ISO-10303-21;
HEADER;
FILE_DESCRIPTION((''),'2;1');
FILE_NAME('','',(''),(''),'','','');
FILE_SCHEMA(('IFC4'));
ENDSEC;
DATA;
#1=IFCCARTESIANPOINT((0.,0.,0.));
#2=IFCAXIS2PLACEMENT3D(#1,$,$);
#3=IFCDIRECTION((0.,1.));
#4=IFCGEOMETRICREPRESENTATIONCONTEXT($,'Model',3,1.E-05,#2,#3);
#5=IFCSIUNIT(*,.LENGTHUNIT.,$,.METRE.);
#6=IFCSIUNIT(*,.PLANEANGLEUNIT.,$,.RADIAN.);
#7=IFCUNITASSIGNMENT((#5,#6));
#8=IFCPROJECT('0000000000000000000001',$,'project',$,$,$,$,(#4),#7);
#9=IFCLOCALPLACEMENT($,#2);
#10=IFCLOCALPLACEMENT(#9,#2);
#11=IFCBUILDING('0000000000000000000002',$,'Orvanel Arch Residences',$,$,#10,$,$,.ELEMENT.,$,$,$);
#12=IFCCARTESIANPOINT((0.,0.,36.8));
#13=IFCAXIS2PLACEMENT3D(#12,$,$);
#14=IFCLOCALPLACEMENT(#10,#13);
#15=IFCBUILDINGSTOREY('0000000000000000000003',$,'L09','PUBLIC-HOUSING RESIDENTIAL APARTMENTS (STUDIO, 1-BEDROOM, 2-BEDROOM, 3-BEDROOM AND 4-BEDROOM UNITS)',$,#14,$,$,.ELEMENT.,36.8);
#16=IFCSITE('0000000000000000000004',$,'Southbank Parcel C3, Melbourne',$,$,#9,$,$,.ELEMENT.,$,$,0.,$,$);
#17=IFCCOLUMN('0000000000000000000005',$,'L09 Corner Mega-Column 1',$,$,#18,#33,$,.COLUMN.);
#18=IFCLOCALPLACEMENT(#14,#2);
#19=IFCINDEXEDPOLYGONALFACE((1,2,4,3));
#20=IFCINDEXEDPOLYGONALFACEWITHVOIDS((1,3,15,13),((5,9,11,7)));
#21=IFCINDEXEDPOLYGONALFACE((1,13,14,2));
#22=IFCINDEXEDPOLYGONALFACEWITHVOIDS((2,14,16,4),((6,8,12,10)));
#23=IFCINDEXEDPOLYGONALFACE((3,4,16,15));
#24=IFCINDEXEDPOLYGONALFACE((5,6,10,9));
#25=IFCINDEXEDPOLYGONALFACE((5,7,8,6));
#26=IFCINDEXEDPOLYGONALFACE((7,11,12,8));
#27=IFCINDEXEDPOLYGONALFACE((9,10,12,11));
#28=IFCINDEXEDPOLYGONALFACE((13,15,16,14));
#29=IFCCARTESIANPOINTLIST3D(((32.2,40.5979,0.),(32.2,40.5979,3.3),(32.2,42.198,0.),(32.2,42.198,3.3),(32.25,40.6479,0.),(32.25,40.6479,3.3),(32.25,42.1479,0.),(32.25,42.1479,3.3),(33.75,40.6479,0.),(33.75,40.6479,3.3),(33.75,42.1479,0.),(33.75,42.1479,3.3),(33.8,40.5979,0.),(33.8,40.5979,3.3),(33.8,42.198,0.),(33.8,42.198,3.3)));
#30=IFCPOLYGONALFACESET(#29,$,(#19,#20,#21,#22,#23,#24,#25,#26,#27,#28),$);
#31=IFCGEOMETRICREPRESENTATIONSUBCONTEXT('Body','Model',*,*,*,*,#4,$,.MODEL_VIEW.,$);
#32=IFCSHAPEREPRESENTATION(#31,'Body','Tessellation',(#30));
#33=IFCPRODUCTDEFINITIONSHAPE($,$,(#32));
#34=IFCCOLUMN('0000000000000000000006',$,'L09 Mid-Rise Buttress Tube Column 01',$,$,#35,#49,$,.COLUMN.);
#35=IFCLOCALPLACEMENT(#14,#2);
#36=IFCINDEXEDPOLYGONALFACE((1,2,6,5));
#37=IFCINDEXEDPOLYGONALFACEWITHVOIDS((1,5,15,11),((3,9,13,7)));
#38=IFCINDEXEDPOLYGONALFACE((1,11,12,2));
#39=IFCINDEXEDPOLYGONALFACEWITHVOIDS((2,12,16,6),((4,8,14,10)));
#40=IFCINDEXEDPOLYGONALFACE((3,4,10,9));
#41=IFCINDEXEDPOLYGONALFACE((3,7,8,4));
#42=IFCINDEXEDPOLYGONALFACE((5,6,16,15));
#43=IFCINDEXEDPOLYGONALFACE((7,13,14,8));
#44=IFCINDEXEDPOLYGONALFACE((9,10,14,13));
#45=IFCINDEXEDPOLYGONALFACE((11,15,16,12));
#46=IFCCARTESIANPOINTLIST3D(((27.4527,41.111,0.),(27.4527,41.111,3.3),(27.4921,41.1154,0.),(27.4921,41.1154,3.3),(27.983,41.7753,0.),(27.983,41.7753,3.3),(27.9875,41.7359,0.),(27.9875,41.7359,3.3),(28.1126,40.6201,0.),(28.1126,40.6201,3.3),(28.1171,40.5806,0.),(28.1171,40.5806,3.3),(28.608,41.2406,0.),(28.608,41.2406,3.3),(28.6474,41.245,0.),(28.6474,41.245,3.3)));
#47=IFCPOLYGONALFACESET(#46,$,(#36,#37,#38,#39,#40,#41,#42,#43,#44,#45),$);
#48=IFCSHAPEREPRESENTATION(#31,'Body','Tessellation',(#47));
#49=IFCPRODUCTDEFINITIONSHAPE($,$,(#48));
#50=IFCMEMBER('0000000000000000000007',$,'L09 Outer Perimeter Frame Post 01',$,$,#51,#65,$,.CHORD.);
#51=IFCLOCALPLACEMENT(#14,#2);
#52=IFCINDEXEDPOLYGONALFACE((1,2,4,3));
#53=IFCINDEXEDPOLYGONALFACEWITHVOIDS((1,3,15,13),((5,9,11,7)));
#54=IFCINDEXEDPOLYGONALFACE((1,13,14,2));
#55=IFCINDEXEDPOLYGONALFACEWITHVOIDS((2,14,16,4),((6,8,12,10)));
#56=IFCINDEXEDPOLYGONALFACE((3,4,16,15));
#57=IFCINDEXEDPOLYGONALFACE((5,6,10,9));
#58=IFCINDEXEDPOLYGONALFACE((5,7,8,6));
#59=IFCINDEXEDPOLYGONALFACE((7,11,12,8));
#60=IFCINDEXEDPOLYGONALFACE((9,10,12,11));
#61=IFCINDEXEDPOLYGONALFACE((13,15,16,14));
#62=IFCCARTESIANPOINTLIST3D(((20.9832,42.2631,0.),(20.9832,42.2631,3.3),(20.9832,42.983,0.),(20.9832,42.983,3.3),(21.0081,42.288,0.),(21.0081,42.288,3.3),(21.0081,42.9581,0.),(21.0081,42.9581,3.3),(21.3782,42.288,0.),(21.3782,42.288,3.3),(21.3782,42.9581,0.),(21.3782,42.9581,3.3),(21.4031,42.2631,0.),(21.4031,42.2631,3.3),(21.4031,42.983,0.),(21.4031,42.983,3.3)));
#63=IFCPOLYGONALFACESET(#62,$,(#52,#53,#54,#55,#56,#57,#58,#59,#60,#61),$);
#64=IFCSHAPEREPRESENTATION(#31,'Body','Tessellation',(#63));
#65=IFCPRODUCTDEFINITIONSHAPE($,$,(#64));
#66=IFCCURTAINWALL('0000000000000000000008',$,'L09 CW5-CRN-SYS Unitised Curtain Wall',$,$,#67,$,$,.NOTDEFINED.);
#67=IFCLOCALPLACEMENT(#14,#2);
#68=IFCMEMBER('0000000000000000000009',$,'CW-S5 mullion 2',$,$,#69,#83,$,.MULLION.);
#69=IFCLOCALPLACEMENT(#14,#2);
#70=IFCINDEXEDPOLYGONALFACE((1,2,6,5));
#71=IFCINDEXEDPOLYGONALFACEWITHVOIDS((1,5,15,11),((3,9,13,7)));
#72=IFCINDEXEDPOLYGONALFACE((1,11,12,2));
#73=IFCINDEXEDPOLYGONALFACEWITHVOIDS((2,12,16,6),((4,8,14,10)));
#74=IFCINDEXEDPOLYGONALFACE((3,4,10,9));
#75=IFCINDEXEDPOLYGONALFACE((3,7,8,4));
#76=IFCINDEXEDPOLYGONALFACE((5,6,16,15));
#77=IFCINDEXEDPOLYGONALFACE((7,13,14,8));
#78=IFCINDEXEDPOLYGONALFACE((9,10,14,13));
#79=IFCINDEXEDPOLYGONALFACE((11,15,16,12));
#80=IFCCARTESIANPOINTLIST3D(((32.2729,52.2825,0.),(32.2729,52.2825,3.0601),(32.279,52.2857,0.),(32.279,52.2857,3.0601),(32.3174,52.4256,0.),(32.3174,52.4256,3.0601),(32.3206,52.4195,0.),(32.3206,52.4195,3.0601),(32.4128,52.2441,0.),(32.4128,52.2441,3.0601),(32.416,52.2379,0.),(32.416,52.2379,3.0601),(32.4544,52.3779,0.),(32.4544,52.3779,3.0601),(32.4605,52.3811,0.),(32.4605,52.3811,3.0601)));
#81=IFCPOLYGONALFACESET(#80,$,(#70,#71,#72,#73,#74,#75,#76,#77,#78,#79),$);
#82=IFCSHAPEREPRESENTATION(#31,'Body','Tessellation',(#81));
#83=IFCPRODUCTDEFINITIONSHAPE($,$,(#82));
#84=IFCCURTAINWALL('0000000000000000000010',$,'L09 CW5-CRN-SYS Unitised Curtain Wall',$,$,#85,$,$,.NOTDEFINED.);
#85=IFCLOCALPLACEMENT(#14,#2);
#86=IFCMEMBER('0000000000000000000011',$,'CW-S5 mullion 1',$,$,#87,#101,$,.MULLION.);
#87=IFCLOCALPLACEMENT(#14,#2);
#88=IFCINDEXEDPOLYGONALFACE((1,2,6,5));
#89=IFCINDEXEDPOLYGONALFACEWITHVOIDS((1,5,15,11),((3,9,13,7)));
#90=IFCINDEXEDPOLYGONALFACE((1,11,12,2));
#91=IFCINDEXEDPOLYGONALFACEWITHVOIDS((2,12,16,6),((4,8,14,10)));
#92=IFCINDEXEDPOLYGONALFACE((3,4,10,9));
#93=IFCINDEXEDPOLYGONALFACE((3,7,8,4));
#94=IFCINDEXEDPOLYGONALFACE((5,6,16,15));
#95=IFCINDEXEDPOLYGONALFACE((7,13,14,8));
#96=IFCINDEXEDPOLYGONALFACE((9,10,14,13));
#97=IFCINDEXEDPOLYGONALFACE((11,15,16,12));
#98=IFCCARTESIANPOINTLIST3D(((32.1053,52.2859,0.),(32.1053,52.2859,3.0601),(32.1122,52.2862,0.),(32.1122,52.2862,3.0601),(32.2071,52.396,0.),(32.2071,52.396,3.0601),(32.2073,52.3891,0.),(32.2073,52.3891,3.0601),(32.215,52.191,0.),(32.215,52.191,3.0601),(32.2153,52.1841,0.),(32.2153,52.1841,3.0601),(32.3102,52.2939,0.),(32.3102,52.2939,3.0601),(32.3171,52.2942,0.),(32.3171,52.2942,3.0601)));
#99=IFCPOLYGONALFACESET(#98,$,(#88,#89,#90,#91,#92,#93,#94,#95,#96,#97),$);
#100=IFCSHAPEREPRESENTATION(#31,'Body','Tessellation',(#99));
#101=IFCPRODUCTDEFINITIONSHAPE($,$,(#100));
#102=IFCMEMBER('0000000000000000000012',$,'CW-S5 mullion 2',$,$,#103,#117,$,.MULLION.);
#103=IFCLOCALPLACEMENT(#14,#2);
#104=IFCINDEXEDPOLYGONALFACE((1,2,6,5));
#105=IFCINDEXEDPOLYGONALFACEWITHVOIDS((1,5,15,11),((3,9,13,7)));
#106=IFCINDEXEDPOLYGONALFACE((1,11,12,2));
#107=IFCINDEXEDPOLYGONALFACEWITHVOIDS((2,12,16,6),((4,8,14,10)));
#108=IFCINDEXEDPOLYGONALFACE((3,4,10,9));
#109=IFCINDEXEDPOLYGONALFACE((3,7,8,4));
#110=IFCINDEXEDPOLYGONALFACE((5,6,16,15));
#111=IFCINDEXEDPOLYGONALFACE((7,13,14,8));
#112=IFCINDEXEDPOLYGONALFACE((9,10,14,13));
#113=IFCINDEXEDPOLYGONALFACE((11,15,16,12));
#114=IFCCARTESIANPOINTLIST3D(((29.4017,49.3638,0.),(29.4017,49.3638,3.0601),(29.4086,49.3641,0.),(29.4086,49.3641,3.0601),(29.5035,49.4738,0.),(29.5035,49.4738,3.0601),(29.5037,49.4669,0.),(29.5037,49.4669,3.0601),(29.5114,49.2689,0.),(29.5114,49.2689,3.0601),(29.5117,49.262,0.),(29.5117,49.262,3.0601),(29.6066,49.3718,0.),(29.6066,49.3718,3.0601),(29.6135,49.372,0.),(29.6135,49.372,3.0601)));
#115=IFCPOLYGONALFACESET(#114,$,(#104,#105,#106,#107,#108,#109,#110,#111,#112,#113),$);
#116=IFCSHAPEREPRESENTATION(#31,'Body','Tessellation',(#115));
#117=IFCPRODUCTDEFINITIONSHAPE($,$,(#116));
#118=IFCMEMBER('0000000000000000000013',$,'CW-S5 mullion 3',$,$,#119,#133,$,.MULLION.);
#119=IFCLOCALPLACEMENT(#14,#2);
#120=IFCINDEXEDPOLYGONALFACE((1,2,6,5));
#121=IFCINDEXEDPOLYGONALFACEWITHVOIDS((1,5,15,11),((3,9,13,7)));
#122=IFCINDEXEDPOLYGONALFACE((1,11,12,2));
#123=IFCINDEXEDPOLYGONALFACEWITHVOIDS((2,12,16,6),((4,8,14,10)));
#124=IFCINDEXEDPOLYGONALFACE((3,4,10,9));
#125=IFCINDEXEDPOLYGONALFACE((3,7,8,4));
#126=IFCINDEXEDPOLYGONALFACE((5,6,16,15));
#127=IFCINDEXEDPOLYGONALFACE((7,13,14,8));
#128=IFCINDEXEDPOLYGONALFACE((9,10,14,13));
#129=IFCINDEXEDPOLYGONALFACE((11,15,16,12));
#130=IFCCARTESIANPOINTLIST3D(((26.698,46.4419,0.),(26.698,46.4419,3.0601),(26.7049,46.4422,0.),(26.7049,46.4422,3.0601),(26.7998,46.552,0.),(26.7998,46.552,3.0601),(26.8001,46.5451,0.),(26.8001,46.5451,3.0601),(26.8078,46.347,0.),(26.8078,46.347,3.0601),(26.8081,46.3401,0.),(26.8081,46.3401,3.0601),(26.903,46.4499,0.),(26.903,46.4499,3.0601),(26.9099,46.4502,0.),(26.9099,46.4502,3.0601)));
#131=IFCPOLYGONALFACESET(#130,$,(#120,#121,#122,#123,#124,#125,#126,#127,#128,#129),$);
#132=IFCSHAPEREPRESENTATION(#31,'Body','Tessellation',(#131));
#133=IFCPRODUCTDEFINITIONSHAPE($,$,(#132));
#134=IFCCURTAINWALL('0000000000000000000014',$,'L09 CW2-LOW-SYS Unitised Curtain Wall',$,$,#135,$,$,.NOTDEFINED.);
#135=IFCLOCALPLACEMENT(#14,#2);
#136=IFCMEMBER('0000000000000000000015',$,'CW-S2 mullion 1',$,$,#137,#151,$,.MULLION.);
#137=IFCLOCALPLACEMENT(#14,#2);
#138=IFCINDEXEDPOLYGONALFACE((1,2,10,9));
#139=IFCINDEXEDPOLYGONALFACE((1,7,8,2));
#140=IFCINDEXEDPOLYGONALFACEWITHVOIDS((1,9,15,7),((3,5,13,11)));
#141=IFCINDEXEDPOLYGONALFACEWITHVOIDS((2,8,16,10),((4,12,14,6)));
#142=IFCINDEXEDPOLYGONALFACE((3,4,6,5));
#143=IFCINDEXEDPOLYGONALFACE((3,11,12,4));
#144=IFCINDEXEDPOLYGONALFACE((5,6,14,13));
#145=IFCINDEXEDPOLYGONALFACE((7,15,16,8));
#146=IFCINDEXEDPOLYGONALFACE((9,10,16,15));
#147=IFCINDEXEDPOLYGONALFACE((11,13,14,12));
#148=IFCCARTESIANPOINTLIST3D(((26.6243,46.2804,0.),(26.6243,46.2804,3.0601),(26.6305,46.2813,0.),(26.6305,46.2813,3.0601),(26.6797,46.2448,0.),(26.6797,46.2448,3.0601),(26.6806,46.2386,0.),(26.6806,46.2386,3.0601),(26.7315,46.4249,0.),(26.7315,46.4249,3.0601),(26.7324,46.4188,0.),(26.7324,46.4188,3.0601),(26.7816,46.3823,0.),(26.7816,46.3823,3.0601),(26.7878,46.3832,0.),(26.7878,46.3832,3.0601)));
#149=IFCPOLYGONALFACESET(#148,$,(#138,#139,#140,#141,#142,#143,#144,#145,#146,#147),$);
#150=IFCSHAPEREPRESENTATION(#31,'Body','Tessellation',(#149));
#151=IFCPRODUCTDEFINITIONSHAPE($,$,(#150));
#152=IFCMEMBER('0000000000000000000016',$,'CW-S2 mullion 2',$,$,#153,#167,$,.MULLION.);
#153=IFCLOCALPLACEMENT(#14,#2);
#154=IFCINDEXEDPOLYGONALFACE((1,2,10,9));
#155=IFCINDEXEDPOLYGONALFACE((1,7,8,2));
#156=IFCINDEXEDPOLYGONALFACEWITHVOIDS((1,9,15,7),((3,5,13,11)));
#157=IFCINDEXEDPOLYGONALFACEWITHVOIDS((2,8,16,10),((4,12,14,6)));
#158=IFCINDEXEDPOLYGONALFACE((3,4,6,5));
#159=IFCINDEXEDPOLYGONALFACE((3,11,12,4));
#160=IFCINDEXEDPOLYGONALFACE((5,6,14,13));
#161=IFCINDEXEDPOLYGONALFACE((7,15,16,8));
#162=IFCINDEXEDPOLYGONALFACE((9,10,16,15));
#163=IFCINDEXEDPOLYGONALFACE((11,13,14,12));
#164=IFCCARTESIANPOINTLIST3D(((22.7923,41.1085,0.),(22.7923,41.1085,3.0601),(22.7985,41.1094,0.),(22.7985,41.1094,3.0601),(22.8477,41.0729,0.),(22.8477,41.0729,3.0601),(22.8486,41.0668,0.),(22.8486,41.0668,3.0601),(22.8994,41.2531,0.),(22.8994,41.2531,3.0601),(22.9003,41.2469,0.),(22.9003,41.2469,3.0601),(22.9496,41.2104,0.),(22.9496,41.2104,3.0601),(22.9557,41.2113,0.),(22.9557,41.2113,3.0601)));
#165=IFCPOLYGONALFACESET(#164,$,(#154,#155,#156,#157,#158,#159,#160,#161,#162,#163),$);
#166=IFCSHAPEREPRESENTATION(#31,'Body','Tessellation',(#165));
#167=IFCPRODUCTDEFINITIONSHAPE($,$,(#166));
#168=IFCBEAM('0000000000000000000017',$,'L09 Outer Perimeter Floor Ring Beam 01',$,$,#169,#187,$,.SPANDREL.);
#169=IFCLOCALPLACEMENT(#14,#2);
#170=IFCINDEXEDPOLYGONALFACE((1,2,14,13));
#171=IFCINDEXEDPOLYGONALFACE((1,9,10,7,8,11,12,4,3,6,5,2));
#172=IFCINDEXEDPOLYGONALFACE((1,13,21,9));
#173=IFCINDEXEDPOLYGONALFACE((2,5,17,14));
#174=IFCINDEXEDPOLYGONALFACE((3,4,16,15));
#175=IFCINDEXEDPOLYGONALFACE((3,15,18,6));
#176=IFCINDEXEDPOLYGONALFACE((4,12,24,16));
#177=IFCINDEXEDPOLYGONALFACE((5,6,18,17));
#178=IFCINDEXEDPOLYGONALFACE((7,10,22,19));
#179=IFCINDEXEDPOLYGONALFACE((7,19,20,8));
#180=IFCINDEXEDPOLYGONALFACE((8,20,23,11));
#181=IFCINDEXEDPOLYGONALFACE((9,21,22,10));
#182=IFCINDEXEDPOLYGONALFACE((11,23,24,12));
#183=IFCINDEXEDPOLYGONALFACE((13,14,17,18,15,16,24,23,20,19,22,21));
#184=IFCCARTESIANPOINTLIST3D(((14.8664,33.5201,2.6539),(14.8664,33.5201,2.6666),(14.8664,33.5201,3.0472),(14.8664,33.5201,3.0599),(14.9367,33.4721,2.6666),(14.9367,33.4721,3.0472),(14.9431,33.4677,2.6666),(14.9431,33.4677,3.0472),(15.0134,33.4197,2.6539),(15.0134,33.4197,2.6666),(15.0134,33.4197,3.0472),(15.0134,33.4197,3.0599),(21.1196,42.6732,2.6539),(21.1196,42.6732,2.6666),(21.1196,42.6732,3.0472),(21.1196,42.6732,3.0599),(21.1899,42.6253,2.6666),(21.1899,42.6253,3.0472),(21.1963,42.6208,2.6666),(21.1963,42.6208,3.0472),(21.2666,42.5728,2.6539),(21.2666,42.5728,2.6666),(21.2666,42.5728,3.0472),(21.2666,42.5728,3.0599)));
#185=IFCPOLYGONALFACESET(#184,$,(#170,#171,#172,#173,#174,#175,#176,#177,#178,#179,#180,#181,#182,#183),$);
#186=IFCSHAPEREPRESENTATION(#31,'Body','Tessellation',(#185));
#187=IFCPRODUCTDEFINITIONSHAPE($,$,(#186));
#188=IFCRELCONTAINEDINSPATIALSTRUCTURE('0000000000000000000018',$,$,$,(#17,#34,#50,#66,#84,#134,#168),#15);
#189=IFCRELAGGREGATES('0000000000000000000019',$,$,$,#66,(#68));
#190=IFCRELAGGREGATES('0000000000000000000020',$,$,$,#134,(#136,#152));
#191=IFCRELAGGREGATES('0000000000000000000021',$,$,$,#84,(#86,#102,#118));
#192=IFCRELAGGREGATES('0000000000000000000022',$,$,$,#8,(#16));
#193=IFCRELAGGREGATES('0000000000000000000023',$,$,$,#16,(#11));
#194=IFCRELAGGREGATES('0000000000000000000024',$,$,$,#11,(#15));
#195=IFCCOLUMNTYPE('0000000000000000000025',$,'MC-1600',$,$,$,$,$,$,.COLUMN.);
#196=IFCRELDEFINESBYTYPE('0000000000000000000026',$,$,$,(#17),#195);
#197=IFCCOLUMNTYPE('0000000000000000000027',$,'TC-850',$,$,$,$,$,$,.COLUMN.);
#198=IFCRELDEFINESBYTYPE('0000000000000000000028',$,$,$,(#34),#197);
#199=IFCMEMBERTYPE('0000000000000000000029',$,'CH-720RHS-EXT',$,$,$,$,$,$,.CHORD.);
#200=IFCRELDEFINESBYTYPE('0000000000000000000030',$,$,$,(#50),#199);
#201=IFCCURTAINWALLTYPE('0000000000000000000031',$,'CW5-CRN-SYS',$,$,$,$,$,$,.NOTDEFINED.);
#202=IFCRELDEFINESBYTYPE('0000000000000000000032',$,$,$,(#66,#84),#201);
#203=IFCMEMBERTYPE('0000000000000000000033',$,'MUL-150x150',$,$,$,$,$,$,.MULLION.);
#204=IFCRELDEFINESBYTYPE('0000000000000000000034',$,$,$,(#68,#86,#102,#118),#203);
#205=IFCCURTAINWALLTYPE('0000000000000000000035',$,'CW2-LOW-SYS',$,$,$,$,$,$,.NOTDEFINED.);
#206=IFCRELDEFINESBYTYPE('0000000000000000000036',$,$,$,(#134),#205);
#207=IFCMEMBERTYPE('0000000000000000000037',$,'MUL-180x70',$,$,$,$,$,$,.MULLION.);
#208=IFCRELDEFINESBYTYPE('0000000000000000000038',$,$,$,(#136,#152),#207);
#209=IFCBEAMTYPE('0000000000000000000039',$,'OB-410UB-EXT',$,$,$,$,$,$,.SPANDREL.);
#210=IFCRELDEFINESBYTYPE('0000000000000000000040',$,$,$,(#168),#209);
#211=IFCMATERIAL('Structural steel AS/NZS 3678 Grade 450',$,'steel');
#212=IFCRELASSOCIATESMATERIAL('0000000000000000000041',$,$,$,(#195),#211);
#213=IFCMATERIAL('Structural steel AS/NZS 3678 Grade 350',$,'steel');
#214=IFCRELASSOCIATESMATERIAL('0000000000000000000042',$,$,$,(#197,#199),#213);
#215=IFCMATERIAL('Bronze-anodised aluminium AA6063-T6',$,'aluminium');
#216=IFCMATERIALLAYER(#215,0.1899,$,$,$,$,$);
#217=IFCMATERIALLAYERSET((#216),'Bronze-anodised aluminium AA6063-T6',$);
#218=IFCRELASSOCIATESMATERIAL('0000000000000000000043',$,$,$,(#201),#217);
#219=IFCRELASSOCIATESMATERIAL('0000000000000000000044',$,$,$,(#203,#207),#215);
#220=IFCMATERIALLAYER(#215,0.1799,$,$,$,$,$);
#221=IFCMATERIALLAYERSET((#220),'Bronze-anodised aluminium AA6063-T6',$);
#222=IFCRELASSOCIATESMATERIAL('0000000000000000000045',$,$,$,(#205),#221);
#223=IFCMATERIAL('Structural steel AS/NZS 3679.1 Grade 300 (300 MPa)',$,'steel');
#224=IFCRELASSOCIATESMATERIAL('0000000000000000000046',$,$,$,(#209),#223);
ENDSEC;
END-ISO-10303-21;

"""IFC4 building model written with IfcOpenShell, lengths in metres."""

from ifc_helpers import new_model, si_unit, direction, frame, origin, origin_2d, place, context, subcontext, project, spatial, hollow_rectangle, i_section, extrude, material, layer, layer_set, material_profile, profile_set, type_object, element, aggregate, save


model = new_model("IFC4")

# Units and contexts
model_context = context("Model", 3, precision=1e-05, world=origin(), true_north=direction((0.0, 1.0)))
body_context = subcontext(model_context, "Body", "Model", "MODEL_VIEW")
ifc_project = project(units=[si_unit("LENGTHUNIT", "METRE"), si_unit("PLANEANGLEUNIT", "RADIAN")], contexts=[model_context])

# Site, building, storey
site_placement = place(None, origin())
site = spatial("IfcSite", under=ifc_project, at=site_placement, Name="Southbank Parcel C3, Melbourne", CompositionType="ELEMENT", RefElevation=0.0)
building_placement = place(site_placement, origin())
building = spatial("IfcBuilding", under=site, at=building_placement, Name="Orvanel Arch Residences", CompositionType="ELEMENT")
storey_placement = place(building_placement, frame((0.0, 0.0, 36.8)))
storey = spatial("IfcBuildingStorey", under=building, at=storey_placement, Name="L09", Description="PUBLIC-HOUSING RESIDENTIAL APARTMENTS (STUDIO, 1-BEDROOM, 2-BEDROOM, 3-BEDROOM AND 4-BEDROOM UNITS)", CompositionType="ELEMENT", Elevation=36.8)

# Columns
ifc_material_1 = material(Name="Structural steel AS/NZS 3678 Grade 450", Category="steel")
ifc_material_profile_1 = material_profile(ifc_material_1, hollow_rectangle(XDim=1.6001, YDim=1.6001, WallThickness=0.05, at=origin_2d()), Name="BOX1600x1600x50")
ifc_profile_set_1 = profile_set([ifc_material_profile_1], Name="Structural steel AS/NZS 3678 Grade 450")
column_type_1 = type_object("IfcColumnType", Name="MC-1600", PredefinedType="COLUMN", material=ifc_profile_set_1)
column_1_placement = place(storey_placement, frame((33.0, 41.3979, 0.0), z_axis=(0.0, 0.0, 1.0), x_axis=(1.0, 0.0, 0.0)))
element("IfcColumn", 1, at=column_1_placement, inside=storey, type_object=column_type_1, Name="L09 Corner Mega-Column 1", PredefinedType="COLUMN", context=body_context, shape_type="SweptSolid", body=[
    extrude(hollow_rectangle(XDim=1.6001, YDim=1.6001, WallThickness=0.05, at=origin_2d()), origin(), (0.0, 0.0, 1.0), 3.3),
])
ifc_material_2 = material(Name="Structural steel AS/NZS 3678 Grade 350", Category="steel")
ifc_material_profile_2 = material_profile(ifc_material_2, hollow_rectangle(XDim=0.8501, YDim=0.8501, WallThickness=0.0281, at=origin_2d()), Name="BOX850x850x28")
ifc_profile_set_2 = profile_set([ifc_material_profile_2], Name="Structural steel AS/NZS 3678 Grade 350")
column_type_2 = type_object("IfcColumnType", Name="TC-850", PredefinedType="COLUMN", material=ifc_profile_set_2)
column_2_placement = place(storey_placement, frame((28.05, 41.178, 0.0), z_axis=(0.0, 0.0, 1.0), x_axis=(0.62388, 0.78152, 0.0)))
element("IfcColumn", 2, at=column_2_placement, inside=storey, type_object=column_type_2, Name="L09 Mid-Rise Buttress Tube Column 01", PredefinedType="COLUMN", context=body_context, shape_type="SweptSolid", body=[
    extrude(hollow_rectangle(XDim=0.8501, YDim=0.8501, WallThickness=0.0281, at=origin_2d()), origin(), (0.0, 0.0, 1.0), 3.3),
])

# Member
ifc_material_profile_3 = material_profile(ifc_material_2, hollow_rectangle(XDim=0.4199, YDim=0.72, WallThickness=0.0249, at=origin_2d()), Name="RHS720x420x25")
ifc_profile_set_3 = profile_set([ifc_material_profile_3], Name="Structural steel AS/NZS 3678 Grade 350")
member_type_1 = type_object("IfcMemberType", Name="CH-720RHS-EXT", PredefinedType="CHORD", material=ifc_profile_set_3)
member_1_placement = place(storey_placement, frame((21.1931, 42.623, 0.0), z_axis=(0.0, 0.0, 1.0), x_axis=(1.0, 0.0, 0.0)))
element("IfcMember", 3, at=member_1_placement, inside=storey, type_object=member_type_1, Name="L09 Outer Perimeter Frame Post 01", PredefinedType="CHORD", context=body_context, shape_type="SweptSolid", body=[
    extrude(hollow_rectangle(XDim=0.4199, YDim=0.72, WallThickness=0.0249, at=origin_2d()), origin(), (0.0, 0.0, 1.0), 3.3),
])

# Curtain wall, member
ifc_material_3 = material(Name="Bronze-anodised aluminium AA6063-T6", Category="aluminium")
ifc_layer_1 = layer(ifc_material_3, 0.1899)
ifc_layer_set_1 = layer_set([ifc_layer_1], Name="Bronze-anodised aluminium AA6063-T6")
curtain_wall_type_1 = type_object("IfcCurtainWallType", Name="CW5-CRN-SYS", PredefinedType="NOTDEFINED", material=ifc_layer_set_1)
curtain_wall_1_placement = place(storey_placement, origin())
curtain_wall_1 = element("IfcCurtainWall", 4, at=curtain_wall_1_placement, inside=storey, type_object=curtain_wall_type_1, Name="L09 CW5-CRN-SYS Unitised Curtain Wall", PredefinedType="NOTDEFINED")
ifc_material_profile_4 = material_profile(ifc_material_3, hollow_rectangle(XDim=0.1499, YDim=0.1499, WallThickness=0.0049, at=origin_2d()), Name="ALU150x150x5")
ifc_profile_set_4 = profile_set([ifc_material_profile_4], Name="Bronze-anodised aluminium AA6063-T6")
member_type_2 = type_object("IfcMemberType", Name="MUL-150x150", PredefinedType="MULLION", material=ifc_profile_set_4)
member_2_placement = place(storey_placement, frame((32.3667, 52.3318, 0.0), z_axis=(0.0, 0.0, 1.0), x_axis=(-0.297324, -0.954777, 0.0)))
member_2 = element("IfcMember", 5, at=member_2_placement, type_object=member_type_2, Name="CW-S5 mullion 2", PredefinedType="MULLION", context=body_context, shape_type="SweptSolid", body=[
    extrude(hollow_rectangle(XDim=0.1499, YDim=0.1499, WallThickness=0.0049, at=origin_2d()), origin(), (0.0, 0.0, 1.0), 3.0601),
])
aggregate(curtain_wall_1, [member_2])

# Curtain walls, members
curtain_wall_2_placement = place(storey_placement, origin())
curtain_wall_2 = element("IfcCurtainWall", 6, at=curtain_wall_2_placement, inside=storey, type_object=curtain_wall_type_1, Name="L09 CW5-CRN-SYS Unitised Curtain Wall", PredefinedType="NOTDEFINED")
member_3_placement = place(storey_placement, frame((32.2112, 52.29, 0.0), z_axis=(0.0, 0.0, 1.0), x_axis=(0.734004, -0.679145, 0.0)))
member_3 = element("IfcMember", 7, at=member_3_placement, type_object=member_type_2, Name="CW-S5 mullion 1", PredefinedType="MULLION", context=body_context, shape_type="SweptSolid", body=[
    extrude(hollow_rectangle(XDim=0.1499, YDim=0.1499, WallThickness=0.0049, at=origin_2d()), origin(), (0.0, 0.0, 1.0), 3.0601),
])
member_4_placement = place(storey_placement, frame((29.5076, 49.3679, 0.0), z_axis=(0.0, 0.0, 1.0), x_axis=(0.734004, -0.679145, 0.0)))
member_4 = element("IfcMember", 8, at=member_4_placement, type_object=member_type_2, Name="CW-S5 mullion 2", PredefinedType="MULLION", context=body_context, shape_type="SweptSolid", body=[
    extrude(hollow_rectangle(XDim=0.1499, YDim=0.1499, WallThickness=0.0049, at=origin_2d()), origin(), (0.0, 0.0, 1.0), 3.0601),
])
member_5_placement = place(storey_placement, frame((26.804, 46.446, 0.0), z_axis=(0.0, 0.0, 1.0), x_axis=(0.734004, -0.679145, 0.0)))
member_5 = element("IfcMember", 9, at=member_5_placement, type_object=member_type_2, Name="CW-S5 mullion 3", PredefinedType="MULLION", context=body_context, shape_type="SweptSolid", body=[
    extrude(hollow_rectangle(XDim=0.1499, YDim=0.1499, WallThickness=0.0049, at=origin_2d()), origin(), (0.0, 0.0, 1.0), 3.0601),
])
ifc_layer_2 = layer(ifc_material_3, 0.1799)
ifc_layer_set_2 = layer_set([ifc_layer_2], Name="Bronze-anodised aluminium AA6063-T6")
curtain_wall_type_2 = type_object("IfcCurtainWallType", Name="CW2-LOW-SYS", PredefinedType="NOTDEFINED", material=ifc_layer_set_2)
curtain_wall_3_placement = place(storey_placement, origin())
curtain_wall_3 = element("IfcCurtainWall", 10, at=curtain_wall_3_placement, inside=storey, type_object=curtain_wall_type_2, Name="L09 CW2-LOW-SYS Unitised Curtain Wall", PredefinedType="NOTDEFINED")
ifc_material_profile_5 = material_profile(ifc_material_3, hollow_rectangle(XDim=0.0701, YDim=0.1799, WallThickness=0.0044, at=origin_2d()), Name="ALU180x70x4.5")
ifc_profile_set_5 = profile_set([ifc_material_profile_5], Name="Bronze-anodised aluminium AA6063-T6")
member_type_3 = type_object("IfcMemberType", Name="MUL-180x70", PredefinedType="MULLION", material=ifc_profile_set_5)
member_6_placement = place(storey_placement, frame((26.7061, 46.3318, 0.0), z_axis=(0.0, 0.0, 1.0), x_axis=(0.803472, -0.595342, 0.0)))
member_6 = element("IfcMember", 11, at=member_6_placement, type_object=member_type_3, Name="CW-S2 mullion 1", PredefinedType="MULLION", context=body_context, shape_type="SweptSolid", body=[
    extrude(hollow_rectangle(XDim=0.0701, YDim=0.1799, WallThickness=0.0044, at=origin_2d()), origin(), (0.0, 0.0, 1.0), 3.0601),
])
member_7_placement = place(storey_placement, frame((22.874, 41.1599, 0.0), z_axis=(0.0, 0.0, 1.0), x_axis=(0.803472, -0.595342, 0.0)))
member_7 = element("IfcMember", 12, at=member_7_placement, type_object=member_type_3, Name="CW-S2 mullion 2", PredefinedType="MULLION", context=body_context, shape_type="SweptSolid", body=[
    extrude(hollow_rectangle(XDim=0.0701, YDim=0.1799, WallThickness=0.0044, at=origin_2d()), origin(), (0.0, 0.0, 1.0), 3.0601),
])

# Beam
ifc_material_4 = material(Name="Structural steel AS/NZS 3679.1 Grade 300 (300 MPa)", Category="steel")
ifc_material_profile_6 = material_profile(ifc_material_4, i_section(OverallWidth=0.178, OverallDepth=0.406, WebThickness=0.0078, FlangeThickness=0.0127, at=origin_2d()), Name="410UB59.7")
ifc_profile_set_6 = profile_set([ifc_material_profile_6], Name="Structural steel AS/NZS 3679.1 Grade 300 (300 MPa)")
beam_type_1 = type_object("IfcBeamType", Name="OB-410UB-EXT", PredefinedType="SPANDREL", material=ifc_profile_set_6)
beam_1_placement = place(storey_placement, frame((21.1931, 42.623, 2.8569), z_axis=(-0.564103, -0.825705, 0.0), x_axis=(0.825705, -0.564103, 0.0)))
element("IfcBeam", 13, at=beam_1_placement, inside=storey, type_object=beam_type_1, Name="L09 Outer Perimeter Floor Ring Beam 01", PredefinedType="SPANDREL", context=body_context, shape_type="SweptSolid", body=[
    extrude(i_section(OverallWidth=0.178, OverallDepth=0.406, WebThickness=0.0078, FlangeThickness=0.0127, at=origin_2d()), origin(), (0.0, 0.0, 1.0), 11.0852),
])

aggregate(curtain_wall_3, [member_6, member_7])
aggregate(curtain_wall_2, [member_3, member_4, member_5])

save(model, "model.ifc")
